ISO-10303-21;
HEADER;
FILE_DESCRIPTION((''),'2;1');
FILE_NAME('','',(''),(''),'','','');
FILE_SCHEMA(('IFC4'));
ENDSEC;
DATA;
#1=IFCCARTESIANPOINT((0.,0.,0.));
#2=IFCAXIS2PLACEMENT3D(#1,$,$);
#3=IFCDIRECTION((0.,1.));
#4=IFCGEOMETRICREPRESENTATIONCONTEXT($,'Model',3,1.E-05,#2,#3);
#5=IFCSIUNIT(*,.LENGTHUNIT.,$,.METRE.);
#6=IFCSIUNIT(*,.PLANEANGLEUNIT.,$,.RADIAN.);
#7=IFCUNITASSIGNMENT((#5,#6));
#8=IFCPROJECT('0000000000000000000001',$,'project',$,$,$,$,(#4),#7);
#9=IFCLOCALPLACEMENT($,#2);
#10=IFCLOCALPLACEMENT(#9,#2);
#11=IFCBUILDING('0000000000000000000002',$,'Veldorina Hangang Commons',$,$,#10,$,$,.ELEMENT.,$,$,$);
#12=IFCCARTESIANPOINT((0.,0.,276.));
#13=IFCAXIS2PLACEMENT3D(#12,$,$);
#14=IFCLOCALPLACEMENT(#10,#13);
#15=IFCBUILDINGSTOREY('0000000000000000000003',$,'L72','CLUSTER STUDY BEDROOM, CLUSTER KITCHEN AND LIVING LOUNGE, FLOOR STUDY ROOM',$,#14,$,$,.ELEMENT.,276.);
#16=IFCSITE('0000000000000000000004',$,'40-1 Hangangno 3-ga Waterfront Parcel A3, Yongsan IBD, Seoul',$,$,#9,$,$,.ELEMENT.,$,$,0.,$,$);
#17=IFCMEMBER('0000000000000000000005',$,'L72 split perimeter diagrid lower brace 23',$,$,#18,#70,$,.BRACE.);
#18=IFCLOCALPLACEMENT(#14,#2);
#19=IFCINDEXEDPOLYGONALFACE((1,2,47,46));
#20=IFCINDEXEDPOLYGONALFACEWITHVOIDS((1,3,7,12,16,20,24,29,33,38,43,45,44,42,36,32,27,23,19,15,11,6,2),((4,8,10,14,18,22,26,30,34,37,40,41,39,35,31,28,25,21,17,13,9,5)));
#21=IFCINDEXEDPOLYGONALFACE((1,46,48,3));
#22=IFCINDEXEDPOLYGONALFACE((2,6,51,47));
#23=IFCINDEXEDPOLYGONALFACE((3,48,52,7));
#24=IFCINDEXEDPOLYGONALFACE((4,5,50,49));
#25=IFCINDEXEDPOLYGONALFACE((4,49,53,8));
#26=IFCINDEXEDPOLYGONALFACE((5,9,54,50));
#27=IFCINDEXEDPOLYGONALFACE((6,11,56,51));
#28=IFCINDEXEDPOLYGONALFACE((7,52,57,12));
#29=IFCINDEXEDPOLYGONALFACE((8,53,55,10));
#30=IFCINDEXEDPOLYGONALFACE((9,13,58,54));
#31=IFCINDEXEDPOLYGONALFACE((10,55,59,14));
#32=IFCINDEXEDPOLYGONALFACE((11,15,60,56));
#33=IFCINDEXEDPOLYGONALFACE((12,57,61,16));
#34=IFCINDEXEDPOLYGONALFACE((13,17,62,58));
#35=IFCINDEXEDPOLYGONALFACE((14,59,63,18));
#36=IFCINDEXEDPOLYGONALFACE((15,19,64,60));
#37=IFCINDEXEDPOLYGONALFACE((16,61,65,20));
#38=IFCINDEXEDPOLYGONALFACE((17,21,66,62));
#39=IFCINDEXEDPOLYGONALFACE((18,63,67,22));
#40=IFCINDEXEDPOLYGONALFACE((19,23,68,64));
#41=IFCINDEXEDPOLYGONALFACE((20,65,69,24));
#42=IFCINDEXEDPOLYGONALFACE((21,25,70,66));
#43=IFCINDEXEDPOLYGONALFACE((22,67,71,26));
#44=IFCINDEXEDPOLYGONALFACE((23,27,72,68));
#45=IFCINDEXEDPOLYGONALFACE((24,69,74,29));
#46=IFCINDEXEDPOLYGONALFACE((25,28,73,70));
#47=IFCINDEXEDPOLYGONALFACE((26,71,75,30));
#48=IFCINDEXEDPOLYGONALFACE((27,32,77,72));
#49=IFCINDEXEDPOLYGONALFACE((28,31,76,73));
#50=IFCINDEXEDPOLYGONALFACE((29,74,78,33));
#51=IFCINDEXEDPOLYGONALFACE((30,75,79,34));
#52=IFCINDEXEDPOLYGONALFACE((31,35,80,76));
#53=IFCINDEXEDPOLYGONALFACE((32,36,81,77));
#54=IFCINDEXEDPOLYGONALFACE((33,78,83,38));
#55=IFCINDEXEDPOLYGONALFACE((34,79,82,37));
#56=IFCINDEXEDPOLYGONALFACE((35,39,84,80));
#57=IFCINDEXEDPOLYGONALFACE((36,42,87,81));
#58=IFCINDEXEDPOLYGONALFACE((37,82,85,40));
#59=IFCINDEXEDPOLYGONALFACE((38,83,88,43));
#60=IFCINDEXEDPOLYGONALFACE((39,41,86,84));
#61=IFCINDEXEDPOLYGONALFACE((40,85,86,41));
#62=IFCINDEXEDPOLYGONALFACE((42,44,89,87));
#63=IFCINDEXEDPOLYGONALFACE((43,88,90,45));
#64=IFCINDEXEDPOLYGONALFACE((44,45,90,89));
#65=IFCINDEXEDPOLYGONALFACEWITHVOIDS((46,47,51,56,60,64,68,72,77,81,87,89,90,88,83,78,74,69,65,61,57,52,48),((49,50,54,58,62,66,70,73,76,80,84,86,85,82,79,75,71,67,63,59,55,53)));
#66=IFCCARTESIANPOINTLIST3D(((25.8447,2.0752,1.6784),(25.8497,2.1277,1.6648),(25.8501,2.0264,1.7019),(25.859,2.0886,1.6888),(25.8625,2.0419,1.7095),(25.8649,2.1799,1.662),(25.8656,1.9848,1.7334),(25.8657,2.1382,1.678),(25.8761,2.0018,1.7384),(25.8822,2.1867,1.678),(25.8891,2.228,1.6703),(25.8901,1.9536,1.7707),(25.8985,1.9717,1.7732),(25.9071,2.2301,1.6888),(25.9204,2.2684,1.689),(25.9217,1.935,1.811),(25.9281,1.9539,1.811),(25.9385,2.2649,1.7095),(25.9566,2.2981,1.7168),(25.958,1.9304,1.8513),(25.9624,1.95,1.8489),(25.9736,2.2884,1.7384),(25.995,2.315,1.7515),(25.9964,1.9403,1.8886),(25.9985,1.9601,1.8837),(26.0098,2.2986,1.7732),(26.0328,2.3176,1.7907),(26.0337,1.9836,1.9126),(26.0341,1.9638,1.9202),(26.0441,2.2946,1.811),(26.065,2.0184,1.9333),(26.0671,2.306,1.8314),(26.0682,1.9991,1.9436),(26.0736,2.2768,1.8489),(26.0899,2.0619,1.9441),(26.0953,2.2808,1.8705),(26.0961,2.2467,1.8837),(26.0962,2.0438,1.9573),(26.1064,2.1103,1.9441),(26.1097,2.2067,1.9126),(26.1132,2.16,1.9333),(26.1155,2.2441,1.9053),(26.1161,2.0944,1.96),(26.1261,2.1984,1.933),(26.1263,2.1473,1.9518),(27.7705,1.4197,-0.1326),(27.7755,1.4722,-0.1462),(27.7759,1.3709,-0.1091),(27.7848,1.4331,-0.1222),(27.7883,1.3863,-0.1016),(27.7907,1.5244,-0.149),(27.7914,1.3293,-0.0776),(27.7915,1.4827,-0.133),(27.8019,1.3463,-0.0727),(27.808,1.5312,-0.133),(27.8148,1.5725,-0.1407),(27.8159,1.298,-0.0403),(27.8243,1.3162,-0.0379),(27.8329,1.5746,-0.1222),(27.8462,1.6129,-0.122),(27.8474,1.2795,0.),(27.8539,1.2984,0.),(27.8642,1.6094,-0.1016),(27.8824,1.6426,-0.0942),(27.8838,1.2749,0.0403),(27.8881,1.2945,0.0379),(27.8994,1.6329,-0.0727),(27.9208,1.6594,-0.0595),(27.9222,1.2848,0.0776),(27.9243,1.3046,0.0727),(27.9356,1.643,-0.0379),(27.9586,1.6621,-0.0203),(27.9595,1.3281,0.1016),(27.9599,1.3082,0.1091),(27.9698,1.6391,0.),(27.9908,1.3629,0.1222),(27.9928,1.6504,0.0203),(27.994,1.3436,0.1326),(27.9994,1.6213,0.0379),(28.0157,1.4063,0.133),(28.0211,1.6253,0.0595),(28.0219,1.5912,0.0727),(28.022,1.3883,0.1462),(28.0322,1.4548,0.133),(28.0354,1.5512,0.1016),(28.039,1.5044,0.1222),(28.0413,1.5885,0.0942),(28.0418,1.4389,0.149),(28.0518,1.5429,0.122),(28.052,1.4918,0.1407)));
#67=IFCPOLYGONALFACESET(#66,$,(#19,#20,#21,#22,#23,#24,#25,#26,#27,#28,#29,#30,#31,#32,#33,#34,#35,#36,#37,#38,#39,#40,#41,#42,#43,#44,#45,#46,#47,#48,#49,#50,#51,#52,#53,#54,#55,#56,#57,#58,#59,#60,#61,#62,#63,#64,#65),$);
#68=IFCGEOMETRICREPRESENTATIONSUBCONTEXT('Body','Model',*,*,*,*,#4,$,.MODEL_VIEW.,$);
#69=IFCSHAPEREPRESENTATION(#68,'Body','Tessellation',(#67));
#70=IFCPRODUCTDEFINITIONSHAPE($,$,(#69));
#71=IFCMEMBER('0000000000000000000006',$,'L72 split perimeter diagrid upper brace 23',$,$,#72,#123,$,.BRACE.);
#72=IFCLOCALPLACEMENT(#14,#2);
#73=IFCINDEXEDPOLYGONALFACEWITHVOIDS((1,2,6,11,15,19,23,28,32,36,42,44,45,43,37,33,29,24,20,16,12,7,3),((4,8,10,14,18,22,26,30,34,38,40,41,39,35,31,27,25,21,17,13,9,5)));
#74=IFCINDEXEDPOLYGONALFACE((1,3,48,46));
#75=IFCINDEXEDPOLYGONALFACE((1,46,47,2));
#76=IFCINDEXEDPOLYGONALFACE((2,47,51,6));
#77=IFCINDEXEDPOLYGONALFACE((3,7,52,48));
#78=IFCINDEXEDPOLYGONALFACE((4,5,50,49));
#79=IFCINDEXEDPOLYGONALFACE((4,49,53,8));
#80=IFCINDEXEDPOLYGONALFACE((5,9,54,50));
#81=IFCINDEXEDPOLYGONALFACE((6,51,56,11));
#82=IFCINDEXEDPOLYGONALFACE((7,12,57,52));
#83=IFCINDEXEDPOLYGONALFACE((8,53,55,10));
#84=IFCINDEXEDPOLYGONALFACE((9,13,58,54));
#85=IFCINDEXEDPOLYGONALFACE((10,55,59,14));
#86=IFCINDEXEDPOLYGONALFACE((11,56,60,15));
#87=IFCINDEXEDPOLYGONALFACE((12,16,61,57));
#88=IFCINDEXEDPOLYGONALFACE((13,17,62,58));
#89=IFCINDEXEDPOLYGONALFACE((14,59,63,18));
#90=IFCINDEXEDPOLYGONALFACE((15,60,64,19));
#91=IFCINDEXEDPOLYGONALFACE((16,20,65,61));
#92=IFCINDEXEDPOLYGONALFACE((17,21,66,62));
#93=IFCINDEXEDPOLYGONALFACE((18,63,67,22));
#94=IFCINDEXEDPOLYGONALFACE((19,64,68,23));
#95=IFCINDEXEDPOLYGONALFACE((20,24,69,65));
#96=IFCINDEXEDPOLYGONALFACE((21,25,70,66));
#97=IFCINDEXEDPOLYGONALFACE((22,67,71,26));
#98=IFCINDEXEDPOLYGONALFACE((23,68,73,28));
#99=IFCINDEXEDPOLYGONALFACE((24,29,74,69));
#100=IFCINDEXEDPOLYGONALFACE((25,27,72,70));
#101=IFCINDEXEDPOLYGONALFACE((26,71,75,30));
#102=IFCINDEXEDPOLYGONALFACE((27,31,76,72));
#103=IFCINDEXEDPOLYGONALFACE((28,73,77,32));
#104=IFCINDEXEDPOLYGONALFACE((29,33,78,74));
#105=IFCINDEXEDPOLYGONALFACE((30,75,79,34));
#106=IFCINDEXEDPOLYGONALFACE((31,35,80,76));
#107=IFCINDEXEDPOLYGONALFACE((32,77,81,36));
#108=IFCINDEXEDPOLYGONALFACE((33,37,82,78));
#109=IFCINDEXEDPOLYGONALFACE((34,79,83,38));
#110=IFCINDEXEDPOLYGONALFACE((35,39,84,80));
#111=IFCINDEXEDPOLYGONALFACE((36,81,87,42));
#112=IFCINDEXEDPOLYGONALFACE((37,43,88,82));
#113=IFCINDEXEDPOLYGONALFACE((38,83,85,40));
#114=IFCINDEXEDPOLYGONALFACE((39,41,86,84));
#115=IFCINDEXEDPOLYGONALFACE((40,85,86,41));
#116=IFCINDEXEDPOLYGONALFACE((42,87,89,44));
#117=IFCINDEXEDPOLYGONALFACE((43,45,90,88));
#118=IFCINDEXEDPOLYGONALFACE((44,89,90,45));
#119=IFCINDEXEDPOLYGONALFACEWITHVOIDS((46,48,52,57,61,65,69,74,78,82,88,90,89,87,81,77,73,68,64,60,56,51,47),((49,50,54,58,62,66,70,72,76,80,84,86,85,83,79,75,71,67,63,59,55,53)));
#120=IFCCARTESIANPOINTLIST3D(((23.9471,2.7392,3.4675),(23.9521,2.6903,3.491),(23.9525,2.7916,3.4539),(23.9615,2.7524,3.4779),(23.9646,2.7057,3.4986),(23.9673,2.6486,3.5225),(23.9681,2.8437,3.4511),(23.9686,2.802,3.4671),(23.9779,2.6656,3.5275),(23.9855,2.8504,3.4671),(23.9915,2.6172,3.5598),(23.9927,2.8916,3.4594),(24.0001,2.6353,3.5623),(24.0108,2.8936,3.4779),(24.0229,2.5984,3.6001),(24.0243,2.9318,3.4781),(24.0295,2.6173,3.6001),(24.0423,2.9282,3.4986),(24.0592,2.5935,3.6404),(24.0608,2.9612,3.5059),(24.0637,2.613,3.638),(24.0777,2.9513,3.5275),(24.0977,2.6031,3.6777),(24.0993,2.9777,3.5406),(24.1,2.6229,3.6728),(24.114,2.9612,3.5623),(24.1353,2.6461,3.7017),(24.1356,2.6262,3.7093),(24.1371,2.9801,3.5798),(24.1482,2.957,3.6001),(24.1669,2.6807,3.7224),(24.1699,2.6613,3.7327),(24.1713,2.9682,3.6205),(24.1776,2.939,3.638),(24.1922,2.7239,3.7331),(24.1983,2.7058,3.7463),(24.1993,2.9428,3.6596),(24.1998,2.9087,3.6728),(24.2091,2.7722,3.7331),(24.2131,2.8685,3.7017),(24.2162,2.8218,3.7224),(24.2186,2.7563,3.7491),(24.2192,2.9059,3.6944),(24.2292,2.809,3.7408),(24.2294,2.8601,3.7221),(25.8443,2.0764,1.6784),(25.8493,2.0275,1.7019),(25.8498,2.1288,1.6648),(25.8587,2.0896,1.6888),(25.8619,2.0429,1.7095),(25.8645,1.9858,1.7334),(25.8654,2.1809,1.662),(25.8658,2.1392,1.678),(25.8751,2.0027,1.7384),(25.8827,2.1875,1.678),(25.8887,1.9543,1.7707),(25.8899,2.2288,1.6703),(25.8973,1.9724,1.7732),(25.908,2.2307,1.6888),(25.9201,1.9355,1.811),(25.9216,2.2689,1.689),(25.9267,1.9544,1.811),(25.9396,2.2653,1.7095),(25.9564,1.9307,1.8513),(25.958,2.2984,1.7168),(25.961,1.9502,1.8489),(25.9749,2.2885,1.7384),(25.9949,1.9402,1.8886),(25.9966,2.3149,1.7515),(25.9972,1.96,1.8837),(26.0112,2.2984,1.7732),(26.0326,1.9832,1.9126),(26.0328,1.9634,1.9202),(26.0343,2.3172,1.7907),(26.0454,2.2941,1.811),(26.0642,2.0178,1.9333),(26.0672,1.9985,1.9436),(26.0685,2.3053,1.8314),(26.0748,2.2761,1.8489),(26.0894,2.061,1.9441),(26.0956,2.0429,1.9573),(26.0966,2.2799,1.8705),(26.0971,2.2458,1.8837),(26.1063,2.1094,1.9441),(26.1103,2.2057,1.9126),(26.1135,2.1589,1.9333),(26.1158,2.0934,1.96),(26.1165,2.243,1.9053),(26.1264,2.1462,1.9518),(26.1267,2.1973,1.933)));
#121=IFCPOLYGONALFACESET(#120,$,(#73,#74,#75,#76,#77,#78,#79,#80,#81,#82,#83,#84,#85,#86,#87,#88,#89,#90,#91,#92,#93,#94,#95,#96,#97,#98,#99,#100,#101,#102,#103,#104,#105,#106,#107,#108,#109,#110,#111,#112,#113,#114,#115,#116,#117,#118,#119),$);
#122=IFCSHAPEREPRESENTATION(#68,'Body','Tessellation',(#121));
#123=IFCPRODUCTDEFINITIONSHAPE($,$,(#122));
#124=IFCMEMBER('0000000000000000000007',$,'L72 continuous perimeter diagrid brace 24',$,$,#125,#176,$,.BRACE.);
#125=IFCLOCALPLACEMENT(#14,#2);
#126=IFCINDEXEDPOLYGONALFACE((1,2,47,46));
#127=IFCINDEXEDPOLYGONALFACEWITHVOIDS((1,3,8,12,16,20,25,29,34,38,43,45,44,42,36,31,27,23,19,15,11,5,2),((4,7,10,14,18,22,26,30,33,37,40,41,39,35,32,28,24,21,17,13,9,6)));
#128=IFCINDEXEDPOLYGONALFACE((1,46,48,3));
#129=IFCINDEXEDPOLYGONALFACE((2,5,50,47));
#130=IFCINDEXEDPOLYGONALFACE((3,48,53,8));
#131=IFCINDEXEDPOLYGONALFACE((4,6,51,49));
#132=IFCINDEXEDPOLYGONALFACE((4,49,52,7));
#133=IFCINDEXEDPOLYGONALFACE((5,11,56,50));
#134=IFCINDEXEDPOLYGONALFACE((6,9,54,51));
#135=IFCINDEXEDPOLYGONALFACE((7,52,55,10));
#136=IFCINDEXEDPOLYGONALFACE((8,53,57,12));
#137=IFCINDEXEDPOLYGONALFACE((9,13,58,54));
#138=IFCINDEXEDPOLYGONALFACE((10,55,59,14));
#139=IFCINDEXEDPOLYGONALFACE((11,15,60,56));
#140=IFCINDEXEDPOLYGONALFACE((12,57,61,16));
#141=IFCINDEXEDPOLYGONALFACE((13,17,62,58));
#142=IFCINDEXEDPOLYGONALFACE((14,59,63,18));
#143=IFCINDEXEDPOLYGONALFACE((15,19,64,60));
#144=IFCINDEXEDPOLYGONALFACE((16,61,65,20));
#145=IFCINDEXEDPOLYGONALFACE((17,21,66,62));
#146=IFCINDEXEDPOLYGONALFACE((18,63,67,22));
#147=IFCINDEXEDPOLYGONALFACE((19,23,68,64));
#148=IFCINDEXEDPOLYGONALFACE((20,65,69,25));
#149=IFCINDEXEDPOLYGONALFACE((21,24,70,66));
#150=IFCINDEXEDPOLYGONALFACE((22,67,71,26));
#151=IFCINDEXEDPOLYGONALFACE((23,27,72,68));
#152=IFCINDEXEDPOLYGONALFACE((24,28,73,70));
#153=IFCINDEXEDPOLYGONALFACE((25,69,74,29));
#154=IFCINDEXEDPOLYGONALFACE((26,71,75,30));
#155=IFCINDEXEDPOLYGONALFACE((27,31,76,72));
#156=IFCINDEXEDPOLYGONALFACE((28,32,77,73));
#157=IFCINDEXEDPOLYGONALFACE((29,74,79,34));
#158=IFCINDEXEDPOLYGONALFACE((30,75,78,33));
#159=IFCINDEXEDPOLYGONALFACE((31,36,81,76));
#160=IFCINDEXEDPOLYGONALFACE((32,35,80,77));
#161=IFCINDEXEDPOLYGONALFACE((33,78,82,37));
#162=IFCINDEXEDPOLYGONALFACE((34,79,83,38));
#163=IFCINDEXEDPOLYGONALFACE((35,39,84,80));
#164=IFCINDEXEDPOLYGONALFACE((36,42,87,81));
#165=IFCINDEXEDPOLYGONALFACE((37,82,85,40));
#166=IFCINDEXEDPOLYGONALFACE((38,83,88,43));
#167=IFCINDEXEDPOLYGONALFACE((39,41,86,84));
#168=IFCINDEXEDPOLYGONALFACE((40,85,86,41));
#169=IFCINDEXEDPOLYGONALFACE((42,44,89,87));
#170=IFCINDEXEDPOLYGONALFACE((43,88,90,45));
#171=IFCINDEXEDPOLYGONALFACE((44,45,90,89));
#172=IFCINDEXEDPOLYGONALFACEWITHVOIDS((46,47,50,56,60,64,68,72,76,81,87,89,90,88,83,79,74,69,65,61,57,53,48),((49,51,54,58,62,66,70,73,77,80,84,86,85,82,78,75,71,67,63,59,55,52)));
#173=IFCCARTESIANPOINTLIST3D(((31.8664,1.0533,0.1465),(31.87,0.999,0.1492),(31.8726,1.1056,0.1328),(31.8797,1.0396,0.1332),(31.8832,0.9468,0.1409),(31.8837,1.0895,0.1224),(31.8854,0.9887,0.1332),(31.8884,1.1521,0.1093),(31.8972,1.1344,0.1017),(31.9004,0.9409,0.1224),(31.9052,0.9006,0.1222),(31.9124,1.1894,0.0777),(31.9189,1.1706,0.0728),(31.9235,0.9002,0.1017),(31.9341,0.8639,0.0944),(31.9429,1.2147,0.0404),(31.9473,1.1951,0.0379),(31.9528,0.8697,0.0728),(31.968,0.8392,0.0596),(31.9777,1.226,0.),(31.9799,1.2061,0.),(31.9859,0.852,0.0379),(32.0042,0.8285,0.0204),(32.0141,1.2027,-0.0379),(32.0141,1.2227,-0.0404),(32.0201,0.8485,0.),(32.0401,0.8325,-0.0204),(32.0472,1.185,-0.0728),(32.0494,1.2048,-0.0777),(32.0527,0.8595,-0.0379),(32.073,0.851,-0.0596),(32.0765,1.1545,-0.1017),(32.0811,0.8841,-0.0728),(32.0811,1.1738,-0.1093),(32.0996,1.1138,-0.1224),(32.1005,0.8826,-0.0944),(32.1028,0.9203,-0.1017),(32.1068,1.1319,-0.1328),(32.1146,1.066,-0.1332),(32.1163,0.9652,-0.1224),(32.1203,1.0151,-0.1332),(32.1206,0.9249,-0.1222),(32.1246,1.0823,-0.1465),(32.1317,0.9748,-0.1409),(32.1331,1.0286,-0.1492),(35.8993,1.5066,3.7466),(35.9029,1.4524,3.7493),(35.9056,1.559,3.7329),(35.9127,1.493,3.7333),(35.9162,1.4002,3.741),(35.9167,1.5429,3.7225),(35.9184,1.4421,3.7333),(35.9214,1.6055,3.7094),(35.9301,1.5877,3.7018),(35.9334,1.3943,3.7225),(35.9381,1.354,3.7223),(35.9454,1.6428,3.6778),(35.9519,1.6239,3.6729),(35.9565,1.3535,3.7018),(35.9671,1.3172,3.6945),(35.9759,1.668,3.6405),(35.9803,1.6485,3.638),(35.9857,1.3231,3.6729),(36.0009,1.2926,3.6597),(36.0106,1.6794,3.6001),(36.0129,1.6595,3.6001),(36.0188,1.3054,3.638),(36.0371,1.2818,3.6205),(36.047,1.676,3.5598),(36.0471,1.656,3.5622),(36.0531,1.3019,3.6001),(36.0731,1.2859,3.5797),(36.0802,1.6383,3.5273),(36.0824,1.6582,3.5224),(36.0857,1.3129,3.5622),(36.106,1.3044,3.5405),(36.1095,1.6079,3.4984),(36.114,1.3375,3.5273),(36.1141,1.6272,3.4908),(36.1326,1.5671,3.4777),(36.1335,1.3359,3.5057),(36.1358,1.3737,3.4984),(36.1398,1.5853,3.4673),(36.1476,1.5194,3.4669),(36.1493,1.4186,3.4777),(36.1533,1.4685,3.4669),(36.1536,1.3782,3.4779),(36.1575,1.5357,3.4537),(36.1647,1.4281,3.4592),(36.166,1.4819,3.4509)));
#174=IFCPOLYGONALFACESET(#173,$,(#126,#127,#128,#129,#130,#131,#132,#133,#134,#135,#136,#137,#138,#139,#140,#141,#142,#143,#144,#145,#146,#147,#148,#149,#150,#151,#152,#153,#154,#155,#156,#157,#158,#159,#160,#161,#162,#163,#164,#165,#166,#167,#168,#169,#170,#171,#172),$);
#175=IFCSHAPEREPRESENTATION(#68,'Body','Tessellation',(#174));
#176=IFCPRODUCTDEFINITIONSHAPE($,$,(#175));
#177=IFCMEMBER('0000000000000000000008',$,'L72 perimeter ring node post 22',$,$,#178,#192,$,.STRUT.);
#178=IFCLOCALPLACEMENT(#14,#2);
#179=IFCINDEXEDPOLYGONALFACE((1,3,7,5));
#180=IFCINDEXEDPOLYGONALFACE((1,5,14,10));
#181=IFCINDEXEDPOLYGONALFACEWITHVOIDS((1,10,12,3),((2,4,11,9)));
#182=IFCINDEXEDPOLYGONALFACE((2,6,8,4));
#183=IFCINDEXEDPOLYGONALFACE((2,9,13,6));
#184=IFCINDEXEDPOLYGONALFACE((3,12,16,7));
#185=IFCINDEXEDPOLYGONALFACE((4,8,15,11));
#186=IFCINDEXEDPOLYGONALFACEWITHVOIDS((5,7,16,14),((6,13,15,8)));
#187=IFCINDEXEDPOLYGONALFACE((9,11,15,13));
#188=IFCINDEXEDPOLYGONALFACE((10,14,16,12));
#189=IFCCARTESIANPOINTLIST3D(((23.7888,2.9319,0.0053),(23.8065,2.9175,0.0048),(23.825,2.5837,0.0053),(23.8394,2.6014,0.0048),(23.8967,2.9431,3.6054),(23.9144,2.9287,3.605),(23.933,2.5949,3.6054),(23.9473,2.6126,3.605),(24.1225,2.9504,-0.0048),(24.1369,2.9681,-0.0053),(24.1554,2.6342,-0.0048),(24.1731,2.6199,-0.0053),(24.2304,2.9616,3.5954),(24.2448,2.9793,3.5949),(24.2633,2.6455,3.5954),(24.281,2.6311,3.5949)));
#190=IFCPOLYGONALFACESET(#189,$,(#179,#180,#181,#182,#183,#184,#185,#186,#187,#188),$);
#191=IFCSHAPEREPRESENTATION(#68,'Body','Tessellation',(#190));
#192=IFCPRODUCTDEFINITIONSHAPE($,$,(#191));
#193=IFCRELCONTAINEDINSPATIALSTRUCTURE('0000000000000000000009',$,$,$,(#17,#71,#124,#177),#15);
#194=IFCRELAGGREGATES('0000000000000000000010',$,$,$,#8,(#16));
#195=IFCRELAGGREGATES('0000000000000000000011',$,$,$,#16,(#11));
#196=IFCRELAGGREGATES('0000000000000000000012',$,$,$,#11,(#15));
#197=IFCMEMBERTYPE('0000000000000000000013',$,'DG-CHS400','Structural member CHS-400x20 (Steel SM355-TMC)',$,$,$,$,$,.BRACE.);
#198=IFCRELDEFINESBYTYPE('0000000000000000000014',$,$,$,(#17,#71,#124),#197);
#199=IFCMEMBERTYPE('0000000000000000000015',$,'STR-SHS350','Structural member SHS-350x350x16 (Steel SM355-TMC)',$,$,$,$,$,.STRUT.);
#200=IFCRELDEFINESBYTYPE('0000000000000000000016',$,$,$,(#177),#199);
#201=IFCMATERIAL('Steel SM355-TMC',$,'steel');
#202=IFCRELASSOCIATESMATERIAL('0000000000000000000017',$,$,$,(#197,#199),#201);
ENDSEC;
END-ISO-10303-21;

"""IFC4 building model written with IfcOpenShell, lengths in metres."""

from ifc_helpers import new_model, si_unit, direction, frame, origin, origin_2d, place, context, subcontext, project, spatial, hollow_rectangle, hollow_circle, extrude, material, material_profile, profile_set, type_object, element, save


model = new_model("IFC4")

# Units and contexts
model_context = context("Model", 3, precision=1e-05, world=origin(), true_north=direction((0.0, 1.0)))
body_context = subcontext(model_context, "Body", "Model", "MODEL_VIEW")
ifc_project = project(units=[si_unit("LENGTHUNIT", "METRE"), si_unit("PLANEANGLEUNIT", "RADIAN")], contexts=[model_context])

# Site, building, storey
site_placement = place(None, origin())
site = spatial("IfcSite", under=ifc_project, at=site_placement, Name="40-1 Hangangno 3-ga Waterfront Parcel A3, Yongsan IBD, Seoul", CompositionType="ELEMENT", RefElevation=0.0)
building_placement = place(site_placement, origin())
building = spatial("IfcBuilding", under=site, at=building_placement, Name="Veldorina Hangang Commons", CompositionType="ELEMENT")
storey_placement = place(building_placement, frame((0.0, 0.0, 276.0)))
storey = spatial("IfcBuildingStorey", under=building, at=storey_placement, Name="L72", Description="CLUSTER STUDY BEDROOM, CLUSTER KITCHEN AND LIVING LOUNGE, FLOOR STUDY ROOM", CompositionType="ELEMENT", Elevation=276.0)

# Shared definitions
ifc_material_1 = material(Name="Steel SM355-TMC", Category="steel")

# Members
ifc_material_profile_1 = material_profile(ifc_material_1, hollow_circle(Radius=0.2, WallThickness=0.02, at=origin_2d()), Name="CHS-400x20")
ifc_profile_set_1 = profile_set([ifc_material_profile_1], Name="Steel SM355-TMC")
member_type_1 = type_object("IfcMemberType", Name="DG-CHS400", Description="Structural member CHS-400x20 (Steel SM355-TMC)", PredefinedType="BRACE", material=ifc_profile_set_1)
member_1_placement = place(storey_placement, frame((27.9119, 1.4688, 0.0), z_axis=(-0.707063, 0.240678, 0.664933), x_axis=(-0.322234, -0.94666, 0.0)))
element("IfcMember", 1, at=member_1_placement, inside=storey, type_object=member_type_1, Name="L72 split perimeter diagrid lower brace 23", PredefinedType="BRACE", context=body_context, shape_type="SweptSolid", body=[
    extrude(hollow_circle(Radius=0.2, WallThickness=0.02, at=origin_2d()), origin(), (0.0, 0.0, 1.0), 2.7236),
])
member_2_placement = place(storey_placement, frame((25.9861, 2.1243, 1.811), z_axis=(-0.705118, 0.246351, 0.664921), x_axis=(-0.329825, -0.944042, 0.0)))
element("IfcMember", 2, at=member_2_placement, inside=storey, type_object=member_type_1, Name="L72 split perimeter diagrid upper brace 23", PredefinedType="BRACE", context=body_context, shape_type="SweptSolid", body=[
    extrude(hollow_circle(Radius=0.2, WallThickness=0.02, at=origin_2d()), origin(), (0.0, 0.0, 1.0), 2.6907),
])
member_3_placement = place(storey_placement, frame((32.0, 1.0273, 0.0), z_axis=(0.743398, 0.08357, 0.663608), x_axis=(-0.111712, 0.993741, 0.0)))
element("IfcMember", 3, at=member_3_placement, inside=storey, type_object=member_type_1, Name="L72 continuous perimeter diagrid brace 24", PredefinedType="BRACE", context=body_context, shape_type="SweptSolid", body=[
    extrude(hollow_circle(Radius=0.2, WallThickness=0.02, at=origin_2d()), origin(), (0.0, 0.0, 1.0), 5.425),
])
ifc_material_profile_2 = material_profile(ifc_material_1, hollow_rectangle(XDim=0.3501, YDim=0.3501, WallThickness=0.0161, at=origin_2d()), Name="SHS-350x350x16")
ifc_profile_set_2 = profile_set([ifc_material_profile_2], Name="Steel SM355-TMC")
member_type_2 = type_object("IfcMemberType", Name="STR-SHS350", Description="Structural member SHS-350x350x16 (Steel SM355-TMC)", PredefinedType="STRUT", material=ifc_profile_set_2)
member_4_placement = place(storey_placement, frame((23.981, 2.7759, 0.0), z_axis=(0.029961, 0.003118, 0.999546), x_axis=(-0.103513, 0.994628, 0.0)))
element("IfcMember", 4, at=member_4_placement, inside=storey, type_object=member_type_2, Name="L72 perimeter ring node post 22", PredefinedType="STRUT", context=body_context, shape_type="SweptSolid", body=[
    extrude(hollow_rectangle(XDim=0.3501, YDim=0.3501, WallThickness=0.0161, at=origin_2d()), origin(), (0.0, 0.0, 1.0), 3.6018),
])

save(model, "model.ifc")
